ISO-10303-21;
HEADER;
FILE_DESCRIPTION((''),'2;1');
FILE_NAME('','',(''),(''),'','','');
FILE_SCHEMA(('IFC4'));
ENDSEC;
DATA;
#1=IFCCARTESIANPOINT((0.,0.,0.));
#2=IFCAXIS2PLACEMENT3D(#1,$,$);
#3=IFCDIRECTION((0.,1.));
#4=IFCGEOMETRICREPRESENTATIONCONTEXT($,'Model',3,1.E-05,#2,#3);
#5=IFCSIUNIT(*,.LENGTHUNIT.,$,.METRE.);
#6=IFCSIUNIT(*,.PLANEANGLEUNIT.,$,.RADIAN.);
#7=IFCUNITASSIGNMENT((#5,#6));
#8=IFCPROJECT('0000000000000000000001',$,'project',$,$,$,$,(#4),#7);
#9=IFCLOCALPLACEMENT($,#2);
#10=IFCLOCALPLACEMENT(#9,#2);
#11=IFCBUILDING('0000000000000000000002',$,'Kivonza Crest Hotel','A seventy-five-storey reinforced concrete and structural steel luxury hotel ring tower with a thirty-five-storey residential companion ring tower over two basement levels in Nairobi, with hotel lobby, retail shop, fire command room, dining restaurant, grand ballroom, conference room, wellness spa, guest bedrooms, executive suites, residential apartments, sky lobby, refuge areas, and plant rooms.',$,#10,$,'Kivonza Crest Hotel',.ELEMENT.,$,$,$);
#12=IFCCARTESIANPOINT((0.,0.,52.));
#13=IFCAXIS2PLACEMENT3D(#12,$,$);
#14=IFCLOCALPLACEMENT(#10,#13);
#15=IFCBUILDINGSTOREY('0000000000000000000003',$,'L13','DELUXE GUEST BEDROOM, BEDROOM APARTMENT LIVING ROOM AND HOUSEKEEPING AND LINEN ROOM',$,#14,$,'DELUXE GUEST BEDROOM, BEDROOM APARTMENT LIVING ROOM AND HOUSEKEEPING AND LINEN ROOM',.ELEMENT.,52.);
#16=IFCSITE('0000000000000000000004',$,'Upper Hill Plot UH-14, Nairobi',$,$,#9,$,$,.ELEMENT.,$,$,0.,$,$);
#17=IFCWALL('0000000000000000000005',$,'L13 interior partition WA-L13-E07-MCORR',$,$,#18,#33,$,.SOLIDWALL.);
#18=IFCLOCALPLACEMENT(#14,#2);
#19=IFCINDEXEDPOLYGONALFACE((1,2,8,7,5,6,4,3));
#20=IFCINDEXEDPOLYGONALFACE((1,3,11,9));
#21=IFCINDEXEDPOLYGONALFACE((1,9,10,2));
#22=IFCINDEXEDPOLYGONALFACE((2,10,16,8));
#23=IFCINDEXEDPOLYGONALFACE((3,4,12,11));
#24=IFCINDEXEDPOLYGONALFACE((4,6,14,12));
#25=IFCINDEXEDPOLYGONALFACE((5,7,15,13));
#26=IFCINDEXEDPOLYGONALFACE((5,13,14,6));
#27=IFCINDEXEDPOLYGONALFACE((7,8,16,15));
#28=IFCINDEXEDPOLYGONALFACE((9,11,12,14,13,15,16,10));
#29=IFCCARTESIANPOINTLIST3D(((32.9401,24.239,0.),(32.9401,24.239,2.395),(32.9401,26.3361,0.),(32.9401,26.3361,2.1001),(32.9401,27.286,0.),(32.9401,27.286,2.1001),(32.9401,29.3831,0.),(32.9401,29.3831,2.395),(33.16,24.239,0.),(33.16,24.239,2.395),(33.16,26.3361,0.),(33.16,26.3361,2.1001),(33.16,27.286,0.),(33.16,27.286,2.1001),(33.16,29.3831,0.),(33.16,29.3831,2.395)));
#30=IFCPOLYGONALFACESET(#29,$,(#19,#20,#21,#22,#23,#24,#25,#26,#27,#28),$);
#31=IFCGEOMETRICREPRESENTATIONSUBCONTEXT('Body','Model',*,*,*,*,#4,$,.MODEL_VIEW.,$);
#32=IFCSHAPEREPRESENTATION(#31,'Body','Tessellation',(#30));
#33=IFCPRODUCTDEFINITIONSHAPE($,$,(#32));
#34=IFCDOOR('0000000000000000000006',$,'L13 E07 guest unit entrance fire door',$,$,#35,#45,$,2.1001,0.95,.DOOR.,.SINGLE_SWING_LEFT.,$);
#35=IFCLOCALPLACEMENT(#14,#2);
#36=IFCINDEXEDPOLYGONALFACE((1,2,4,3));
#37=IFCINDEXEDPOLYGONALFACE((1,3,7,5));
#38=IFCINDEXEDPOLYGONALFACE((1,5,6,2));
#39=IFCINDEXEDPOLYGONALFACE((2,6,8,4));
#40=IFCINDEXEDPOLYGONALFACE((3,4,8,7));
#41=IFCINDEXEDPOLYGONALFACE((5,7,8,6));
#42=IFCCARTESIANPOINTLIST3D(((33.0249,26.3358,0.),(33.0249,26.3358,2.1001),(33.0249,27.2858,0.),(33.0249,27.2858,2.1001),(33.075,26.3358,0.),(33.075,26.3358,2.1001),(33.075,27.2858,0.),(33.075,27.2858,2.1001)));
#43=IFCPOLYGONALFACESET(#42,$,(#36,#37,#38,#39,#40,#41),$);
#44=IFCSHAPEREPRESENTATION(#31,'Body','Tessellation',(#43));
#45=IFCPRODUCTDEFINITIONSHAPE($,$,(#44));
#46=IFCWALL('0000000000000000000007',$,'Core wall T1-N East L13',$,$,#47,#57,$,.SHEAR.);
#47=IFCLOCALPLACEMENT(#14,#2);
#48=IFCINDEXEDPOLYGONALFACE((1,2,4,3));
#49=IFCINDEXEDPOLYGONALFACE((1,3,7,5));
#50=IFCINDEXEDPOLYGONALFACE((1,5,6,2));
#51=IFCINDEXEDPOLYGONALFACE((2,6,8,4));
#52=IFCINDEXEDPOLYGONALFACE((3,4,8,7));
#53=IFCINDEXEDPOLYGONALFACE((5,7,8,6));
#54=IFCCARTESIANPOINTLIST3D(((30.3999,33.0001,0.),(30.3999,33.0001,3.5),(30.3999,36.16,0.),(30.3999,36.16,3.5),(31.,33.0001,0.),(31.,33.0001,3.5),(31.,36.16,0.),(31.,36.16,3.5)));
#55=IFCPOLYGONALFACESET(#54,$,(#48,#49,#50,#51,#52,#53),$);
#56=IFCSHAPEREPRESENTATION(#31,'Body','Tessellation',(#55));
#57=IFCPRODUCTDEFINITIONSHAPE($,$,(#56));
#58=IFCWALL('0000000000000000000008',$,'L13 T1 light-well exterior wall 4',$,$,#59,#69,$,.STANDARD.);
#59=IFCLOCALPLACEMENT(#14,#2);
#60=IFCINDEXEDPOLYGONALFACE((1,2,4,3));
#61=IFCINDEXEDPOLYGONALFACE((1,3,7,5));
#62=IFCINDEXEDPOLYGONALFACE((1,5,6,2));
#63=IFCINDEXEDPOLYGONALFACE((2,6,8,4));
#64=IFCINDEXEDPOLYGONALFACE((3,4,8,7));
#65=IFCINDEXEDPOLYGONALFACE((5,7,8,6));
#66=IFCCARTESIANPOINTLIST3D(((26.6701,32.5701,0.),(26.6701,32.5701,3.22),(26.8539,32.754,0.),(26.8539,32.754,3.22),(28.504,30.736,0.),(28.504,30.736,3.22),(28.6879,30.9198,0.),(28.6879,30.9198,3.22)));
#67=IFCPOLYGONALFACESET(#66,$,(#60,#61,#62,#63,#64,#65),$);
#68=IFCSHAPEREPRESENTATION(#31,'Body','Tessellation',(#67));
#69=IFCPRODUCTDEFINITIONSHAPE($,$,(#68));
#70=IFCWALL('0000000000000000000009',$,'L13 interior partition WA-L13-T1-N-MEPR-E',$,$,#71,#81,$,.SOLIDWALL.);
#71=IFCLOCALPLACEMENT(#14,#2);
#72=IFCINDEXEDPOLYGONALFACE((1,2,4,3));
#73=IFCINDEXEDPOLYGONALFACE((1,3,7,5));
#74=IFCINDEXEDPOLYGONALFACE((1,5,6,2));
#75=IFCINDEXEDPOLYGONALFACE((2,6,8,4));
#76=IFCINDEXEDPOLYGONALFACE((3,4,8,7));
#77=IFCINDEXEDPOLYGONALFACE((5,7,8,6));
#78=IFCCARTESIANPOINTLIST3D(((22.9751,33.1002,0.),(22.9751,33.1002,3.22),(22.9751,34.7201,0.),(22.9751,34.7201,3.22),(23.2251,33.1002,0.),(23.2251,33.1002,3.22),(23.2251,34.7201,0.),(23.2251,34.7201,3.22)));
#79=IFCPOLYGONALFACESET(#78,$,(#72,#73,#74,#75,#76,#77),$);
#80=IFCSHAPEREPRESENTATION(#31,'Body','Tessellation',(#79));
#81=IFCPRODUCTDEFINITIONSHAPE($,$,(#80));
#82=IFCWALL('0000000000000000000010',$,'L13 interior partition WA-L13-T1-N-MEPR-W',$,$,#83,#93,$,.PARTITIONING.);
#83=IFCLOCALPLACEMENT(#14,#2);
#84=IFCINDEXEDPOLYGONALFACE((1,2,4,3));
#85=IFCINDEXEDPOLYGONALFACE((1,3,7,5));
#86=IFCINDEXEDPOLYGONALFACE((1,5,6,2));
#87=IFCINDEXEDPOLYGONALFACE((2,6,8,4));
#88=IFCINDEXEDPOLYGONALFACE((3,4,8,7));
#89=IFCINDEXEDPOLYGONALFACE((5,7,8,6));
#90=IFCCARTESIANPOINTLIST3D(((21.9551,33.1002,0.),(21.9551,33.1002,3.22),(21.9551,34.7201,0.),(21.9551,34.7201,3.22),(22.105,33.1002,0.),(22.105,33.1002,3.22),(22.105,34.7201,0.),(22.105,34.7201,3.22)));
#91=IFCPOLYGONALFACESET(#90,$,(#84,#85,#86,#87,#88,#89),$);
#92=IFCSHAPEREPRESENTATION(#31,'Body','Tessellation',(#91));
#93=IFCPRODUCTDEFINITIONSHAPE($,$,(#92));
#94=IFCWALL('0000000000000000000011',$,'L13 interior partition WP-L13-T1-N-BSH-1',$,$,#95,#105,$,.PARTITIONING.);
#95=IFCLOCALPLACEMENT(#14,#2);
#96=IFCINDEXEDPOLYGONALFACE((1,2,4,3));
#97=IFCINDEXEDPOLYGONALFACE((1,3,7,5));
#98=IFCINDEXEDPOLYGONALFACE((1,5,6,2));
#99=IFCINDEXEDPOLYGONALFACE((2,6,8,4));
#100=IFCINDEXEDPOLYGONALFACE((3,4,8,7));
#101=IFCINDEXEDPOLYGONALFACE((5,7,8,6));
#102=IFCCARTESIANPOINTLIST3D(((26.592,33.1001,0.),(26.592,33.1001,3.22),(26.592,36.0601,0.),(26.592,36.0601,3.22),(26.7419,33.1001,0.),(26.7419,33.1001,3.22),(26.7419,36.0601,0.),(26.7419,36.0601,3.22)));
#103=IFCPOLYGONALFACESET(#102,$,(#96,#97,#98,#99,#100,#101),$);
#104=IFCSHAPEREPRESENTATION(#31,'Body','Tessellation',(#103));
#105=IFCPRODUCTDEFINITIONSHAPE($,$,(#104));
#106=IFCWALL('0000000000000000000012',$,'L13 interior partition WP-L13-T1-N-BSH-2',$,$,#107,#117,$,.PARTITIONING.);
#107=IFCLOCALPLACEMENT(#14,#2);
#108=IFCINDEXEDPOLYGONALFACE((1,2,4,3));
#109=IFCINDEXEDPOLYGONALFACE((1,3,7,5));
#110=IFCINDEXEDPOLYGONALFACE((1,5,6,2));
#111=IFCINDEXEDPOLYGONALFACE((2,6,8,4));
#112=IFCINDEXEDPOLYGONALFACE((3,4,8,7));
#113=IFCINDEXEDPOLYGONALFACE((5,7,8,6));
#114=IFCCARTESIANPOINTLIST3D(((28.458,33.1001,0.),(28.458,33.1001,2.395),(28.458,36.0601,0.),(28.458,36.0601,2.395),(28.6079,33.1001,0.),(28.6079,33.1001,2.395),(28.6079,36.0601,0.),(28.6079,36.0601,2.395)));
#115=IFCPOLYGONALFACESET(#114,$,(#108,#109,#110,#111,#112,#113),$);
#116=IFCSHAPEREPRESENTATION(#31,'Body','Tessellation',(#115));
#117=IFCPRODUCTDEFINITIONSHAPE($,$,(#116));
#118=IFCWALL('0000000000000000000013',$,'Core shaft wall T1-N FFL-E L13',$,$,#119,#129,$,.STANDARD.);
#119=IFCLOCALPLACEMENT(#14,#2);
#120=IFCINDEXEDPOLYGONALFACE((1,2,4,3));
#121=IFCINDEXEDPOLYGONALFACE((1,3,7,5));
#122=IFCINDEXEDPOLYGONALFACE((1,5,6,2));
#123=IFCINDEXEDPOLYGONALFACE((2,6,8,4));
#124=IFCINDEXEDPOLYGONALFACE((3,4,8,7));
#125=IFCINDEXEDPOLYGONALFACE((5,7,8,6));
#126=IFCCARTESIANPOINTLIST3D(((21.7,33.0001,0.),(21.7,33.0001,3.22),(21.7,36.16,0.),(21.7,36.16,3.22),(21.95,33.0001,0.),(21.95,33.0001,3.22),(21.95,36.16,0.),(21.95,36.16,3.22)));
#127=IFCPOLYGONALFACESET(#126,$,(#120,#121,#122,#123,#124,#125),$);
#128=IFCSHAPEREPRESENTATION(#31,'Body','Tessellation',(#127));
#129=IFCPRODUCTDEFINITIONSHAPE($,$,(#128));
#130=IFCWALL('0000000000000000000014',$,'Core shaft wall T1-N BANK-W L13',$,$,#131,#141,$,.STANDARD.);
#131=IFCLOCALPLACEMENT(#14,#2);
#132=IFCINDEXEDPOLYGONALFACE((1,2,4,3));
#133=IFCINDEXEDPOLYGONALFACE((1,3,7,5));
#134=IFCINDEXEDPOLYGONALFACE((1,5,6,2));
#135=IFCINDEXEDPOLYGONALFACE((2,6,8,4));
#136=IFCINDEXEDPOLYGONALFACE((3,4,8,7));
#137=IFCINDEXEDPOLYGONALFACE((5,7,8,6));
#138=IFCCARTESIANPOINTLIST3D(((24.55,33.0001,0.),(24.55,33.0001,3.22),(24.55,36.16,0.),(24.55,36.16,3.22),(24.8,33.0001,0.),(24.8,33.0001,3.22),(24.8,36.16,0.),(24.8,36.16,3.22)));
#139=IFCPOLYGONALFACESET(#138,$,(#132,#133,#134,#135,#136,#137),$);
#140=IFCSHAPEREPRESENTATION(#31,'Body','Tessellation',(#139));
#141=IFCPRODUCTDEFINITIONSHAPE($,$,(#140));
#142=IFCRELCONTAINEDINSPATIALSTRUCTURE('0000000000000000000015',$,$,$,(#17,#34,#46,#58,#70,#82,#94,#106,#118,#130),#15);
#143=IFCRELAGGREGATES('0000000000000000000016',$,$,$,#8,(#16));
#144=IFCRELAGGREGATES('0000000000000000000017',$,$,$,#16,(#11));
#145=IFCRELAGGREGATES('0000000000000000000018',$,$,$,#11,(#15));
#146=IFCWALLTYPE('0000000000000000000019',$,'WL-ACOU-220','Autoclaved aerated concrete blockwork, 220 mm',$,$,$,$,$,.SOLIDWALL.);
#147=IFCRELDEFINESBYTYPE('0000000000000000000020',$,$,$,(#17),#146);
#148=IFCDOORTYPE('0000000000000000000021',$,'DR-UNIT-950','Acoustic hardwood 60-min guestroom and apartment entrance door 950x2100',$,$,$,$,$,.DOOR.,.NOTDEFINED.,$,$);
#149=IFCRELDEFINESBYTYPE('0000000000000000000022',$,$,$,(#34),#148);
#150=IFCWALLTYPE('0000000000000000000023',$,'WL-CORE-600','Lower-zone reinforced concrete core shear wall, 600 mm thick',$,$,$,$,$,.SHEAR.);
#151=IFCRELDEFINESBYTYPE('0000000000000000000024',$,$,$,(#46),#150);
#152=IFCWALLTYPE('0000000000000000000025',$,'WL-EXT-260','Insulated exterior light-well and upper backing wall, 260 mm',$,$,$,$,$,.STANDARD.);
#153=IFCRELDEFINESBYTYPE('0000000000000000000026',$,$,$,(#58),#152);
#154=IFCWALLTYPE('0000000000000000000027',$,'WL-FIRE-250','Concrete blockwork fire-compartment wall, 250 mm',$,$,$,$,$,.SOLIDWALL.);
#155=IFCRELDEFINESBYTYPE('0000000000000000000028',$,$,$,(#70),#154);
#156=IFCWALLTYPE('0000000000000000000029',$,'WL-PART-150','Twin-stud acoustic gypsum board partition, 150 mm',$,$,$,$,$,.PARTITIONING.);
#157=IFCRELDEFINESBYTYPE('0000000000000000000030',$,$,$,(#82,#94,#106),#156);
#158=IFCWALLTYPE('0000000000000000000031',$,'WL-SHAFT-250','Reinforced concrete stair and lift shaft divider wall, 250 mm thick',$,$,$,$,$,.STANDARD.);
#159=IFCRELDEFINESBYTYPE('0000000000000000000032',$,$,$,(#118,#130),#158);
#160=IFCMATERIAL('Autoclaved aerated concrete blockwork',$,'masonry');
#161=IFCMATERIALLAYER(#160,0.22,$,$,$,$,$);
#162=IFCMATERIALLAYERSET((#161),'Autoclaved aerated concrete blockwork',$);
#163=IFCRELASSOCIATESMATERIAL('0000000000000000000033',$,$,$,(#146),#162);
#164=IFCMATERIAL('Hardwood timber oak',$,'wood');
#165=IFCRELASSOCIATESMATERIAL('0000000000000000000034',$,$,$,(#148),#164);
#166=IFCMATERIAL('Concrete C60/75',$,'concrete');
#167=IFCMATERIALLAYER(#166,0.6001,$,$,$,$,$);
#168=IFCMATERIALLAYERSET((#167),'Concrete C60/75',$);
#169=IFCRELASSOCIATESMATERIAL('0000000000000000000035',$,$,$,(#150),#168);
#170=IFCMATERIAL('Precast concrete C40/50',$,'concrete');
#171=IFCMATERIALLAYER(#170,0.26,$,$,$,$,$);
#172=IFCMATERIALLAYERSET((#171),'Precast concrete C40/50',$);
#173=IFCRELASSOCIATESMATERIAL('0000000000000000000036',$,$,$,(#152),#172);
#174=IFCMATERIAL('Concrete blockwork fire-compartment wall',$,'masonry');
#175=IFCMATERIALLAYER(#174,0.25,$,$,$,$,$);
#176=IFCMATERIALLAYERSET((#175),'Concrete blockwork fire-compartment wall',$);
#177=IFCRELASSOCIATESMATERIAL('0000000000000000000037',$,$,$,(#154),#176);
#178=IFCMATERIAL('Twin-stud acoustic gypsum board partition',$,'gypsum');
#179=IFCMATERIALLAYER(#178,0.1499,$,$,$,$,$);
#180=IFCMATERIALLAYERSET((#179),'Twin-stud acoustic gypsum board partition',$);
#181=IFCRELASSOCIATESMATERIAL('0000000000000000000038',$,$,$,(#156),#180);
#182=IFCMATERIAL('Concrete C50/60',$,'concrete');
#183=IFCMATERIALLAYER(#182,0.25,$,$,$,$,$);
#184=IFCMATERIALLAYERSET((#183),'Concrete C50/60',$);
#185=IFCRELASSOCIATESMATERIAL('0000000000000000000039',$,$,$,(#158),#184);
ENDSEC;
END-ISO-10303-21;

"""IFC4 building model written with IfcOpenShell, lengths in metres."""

from ifc_helpers import new_model, si_unit, direction, frame, frame_2d, origin, place, context, subcontext, project, spatial, rectangle, extrude, material, layer, layer_set, type_object, element, fill, save


model = new_model("IFC4")

# Units and contexts
model_context = context("Model", 3, precision=1e-05, world=origin(), true_north=direction((0.0, 1.0)))
body_context = subcontext(model_context, "Body", "Model", "MODEL_VIEW")
ifc_project = project(units=[si_unit("LENGTHUNIT", "METRE"), si_unit("PLANEANGLEUNIT", "RADIAN")], contexts=[model_context])

# Site, building, storey
site_placement = place(None, origin())
site = spatial("IfcSite", under=ifc_project, at=site_placement, Name="Upper Hill Plot UH-14, Nairobi", CompositionType="ELEMENT", RefElevation=0.0)
building_placement = place(site_placement, origin())
building = spatial("IfcBuilding", under=site, at=building_placement, Name="Kivonza Crest Hotel", Description="A seventy-five-storey reinforced concrete and structural steel luxury hotel ring tower with a thirty-five-storey residential companion ring tower over two basement levels in Nairobi, with hotel lobby, retail shop, fire command room, dining restaurant, grand ballroom, conference room, wellness spa, guest bedrooms, executive suites, residential apartments, sky lobby, refuge areas, and plant rooms.", LongName="Kivonza Crest Hotel", CompositionType="ELEMENT")
storey_placement = place(building_placement, frame((0.0, 0.0, 52.0)))
storey = spatial("IfcBuildingStorey", under=building, at=storey_placement, Name="L13", Description="DELUXE GUEST BEDROOM, BEDROOM APARTMENT LIVING ROOM AND HOUSEKEEPING AND LINEN ROOM", LongName="DELUXE GUEST BEDROOM, BEDROOM APARTMENT LIVING ROOM AND HOUSEKEEPING AND LINEN ROOM", CompositionType="ELEMENT", Elevation=52.0)

# Shared definitions
ifc_material_1 = material(Name="Concrete C60/75", Category="concrete")

# Wall, opening, door
ifc_material_2 = material(Name="Autoclaved aerated concrete blockwork", Category="masonry")
ifc_layer_1 = layer(ifc_material_2, 0.22)
ifc_layer_set_1 = layer_set([ifc_layer_1], Name="Autoclaved aerated concrete blockwork")
wall_type_1 = type_object("IfcWallType", Name="WL-ACOU-220", Description="Autoclaved aerated concrete blockwork, 220 mm", PredefinedType="SOLIDWALL", material=ifc_layer_set_1)
wall_1_placement = place(storey_placement, frame((33.05, 24.239, 0.0), z_axis=(0.0, 0.0, 1.0), x_axis=(0.0, 1.0, 0.0)))
wall_1 = element("IfcWall", 1, at=wall_1_placement, inside=storey, type_object=wall_type_1, Name="L13 interior partition WA-L13-E07-MCORR", PredefinedType="SOLIDWALL", context=body_context, shape_type="SweptSolid", body=[
    extrude(rectangle(XDim=5.144, YDim=0.22, at=frame_2d((2.572, 0.0))), origin(), (0.0, 0.0, 1.0), 2.395),
])
opening_1_placement = place(wall_1_placement, frame((2.0969, 0.0, 0.0)))
opening_1 = element("IfcOpeningElement", 2, at=opening_1_placement, cuts=wall_1, PredefinedType="OPENING", context=body_context, shape_type="SweptSolid", body=[
    extrude(rectangle(XDim=0.95, YDim=2.1001, at=frame_2d((0.4751, 1.05))), frame((0.0, 0.1201, 0.0), z_axis=(0.0, -1.0, 0.0), x_axis=(1.0, 0.0, 0.0)), (0.0, 0.0, 1.0), 0.24),
])
ifc_material_3 = material(Name="Hardwood timber oak", Category="wood")
door_type_1 = type_object("IfcDoorType", Name="DR-UNIT-950", Description="Acoustic hardwood 60-min guestroom and apartment entrance door 950x2100", OperationType="NOTDEFINED", PredefinedType="DOOR", material=ifc_material_3)
door_1_placement = place(opening_1_placement, frame((0.95, 0.0, 0.0), z_axis=(0.0, 0.0, 1.0), x_axis=(-1.0, 0.0, 0.0)))
door_1 = element("IfcDoor", 3, at=door_1_placement, inside=storey, type_object=door_type_1, Name="L13 E07 guest unit entrance fire door", OperationType="SINGLE_SWING_LEFT", OverallHeight=2.1001, OverallWidth=0.95, PredefinedType="DOOR", context=body_context, shape_type="SweptSolid", body=[
    extrude(rectangle(XDim=0.95, YDim=2.1001, at=frame_2d((0.4751, 1.05))), frame((0.0, 0.0249, 0.0), z_axis=(0.0, -1.0, 0.0), x_axis=(1.0, 0.0, 0.0)), (0.0, 0.0, 1.0), 0.05),
])
fill(opening_1, door_1)

# Walls
ifc_layer_2 = layer(ifc_material_1, 0.6001)
ifc_layer_set_2 = layer_set([ifc_layer_2], Name="Concrete C60/75")
wall_type_2 = type_object("IfcWallType", Name="WL-CORE-600", Description="Lower-zone reinforced concrete core shear wall, 600 mm thick", PredefinedType="SHEAR", material=ifc_layer_set_2)
wall_2_placement = place(storey_placement, frame((30.7, 33.0, 0.0), z_axis=(0.0, 0.0, 1.0), x_axis=(0.0, 1.0, 0.0)))
element("IfcWall", 4, at=wall_2_placement, inside=storey, type_object=wall_type_2, Name="Core wall T1-N East L13", PredefinedType="SHEAR", context=body_context, shape_type="SweptSolid", body=[
    extrude(rectangle(XDim=3.1599, YDim=0.6001, at=frame_2d((1.5801, 0.0))), origin(), (0.0, 0.0, 1.0), 3.5),
])
ifc_material_4 = material(Name="Precast concrete C40/50", Category="concrete")
ifc_layer_3 = layer(ifc_material_4, 0.26)
ifc_layer_set_3 = layer_set([ifc_layer_3], Name="Precast concrete C40/50")
wall_type_3 = type_object("IfcWallType", Name="WL-EXT-260", Description="Insulated exterior light-well and upper backing wall, 260 mm", PredefinedType="STANDARD", material=ifc_layer_set_3)
wall_3_placement = place(storey_placement, frame((28.5959, 30.8279, 0.0), z_axis=(0.0, 0.0, 1.0), x_axis=(-0.70706, 0.707154, 0.0)))
element("IfcWall", 5, at=wall_3_placement, inside=storey, type_object=wall_type_3, Name="L13 T1 light-well exterior wall 4", PredefinedType="STANDARD", context=body_context, shape_type="SweptSolid", body=[
    extrude(rectangle(XDim=2.5938, YDim=0.26, at=frame_2d((1.2969, 0.0))), origin(), (0.0, 0.0, 1.0), 3.22),
])
ifc_material_5 = material(Name="Concrete blockwork fire-compartment wall", Category="masonry")
ifc_layer_4 = layer(ifc_material_5, 0.25)
ifc_layer_set_4 = layer_set([ifc_layer_4], Name="Concrete blockwork fire-compartment wall")
wall_type_4 = type_object("IfcWallType", Name="WL-FIRE-250", Description="Concrete blockwork fire-compartment wall, 250 mm", PredefinedType="SOLIDWALL", material=ifc_layer_set_4)
wall_4_placement = place(storey_placement, frame((23.1001, 33.1001, 0.0), z_axis=(0.0, 0.0, 1.0), x_axis=(0.0, 1.0, 0.0)))
element("IfcWall", 6, at=wall_4_placement, inside=storey, type_object=wall_type_4, Name="L13 interior partition WA-L13-T1-N-MEPR-E", PredefinedType="SOLIDWALL", context=body_context, shape_type="SweptSolid", body=[
    extrude(rectangle(XDim=1.6199, YDim=0.25, at=frame_2d((0.8101, 0.0))), origin(), (0.0, 0.0, 1.0), 3.22),
])
ifc_material_6 = material(Name="Twin-stud acoustic gypsum board partition", Category="gypsum")
ifc_layer_5 = layer(ifc_material_6, 0.1499)
ifc_layer_set_5 = layer_set([ifc_layer_5], Name="Twin-stud acoustic gypsum board partition")
wall_type_5 = type_object("IfcWallType", Name="WL-PART-150", Description="Twin-stud acoustic gypsum board partition, 150 mm", PredefinedType="PARTITIONING", material=ifc_layer_set_5)
wall_5_placement = place(storey_placement, frame((22.03, 33.1001, 0.0), z_axis=(0.0, 0.0, 1.0), x_axis=(0.0, 1.0, 0.0)))
element("IfcWall", 7, at=wall_5_placement, inside=storey, type_object=wall_type_5, Name="L13 interior partition WA-L13-T1-N-MEPR-W", PredefinedType="PARTITIONING", context=body_context, shape_type="SweptSolid", body=[
    extrude(rectangle(XDim=1.6199, YDim=0.1499, at=frame_2d((0.8101, 0.0))), origin(), (0.0, 0.0, 1.0), 3.22),
])
wall_6_placement = place(storey_placement, frame((26.667, 33.1001, 0.0), z_axis=(0.0, 0.0, 1.0), x_axis=(0.0, 1.0, 0.0)))
element("IfcWall", 8, at=wall_6_placement, inside=storey, type_object=wall_type_5, Name="L13 interior partition WP-L13-T1-N-BSH-1", PredefinedType="PARTITIONING", context=body_context, shape_type="SweptSolid", body=[
    extrude(rectangle(XDim=2.96, YDim=0.1499, at=frame_2d((1.48, 0.0))), origin(), (0.0, 0.0, 1.0), 3.22),
])
wall_7_placement = place(storey_placement, frame((28.533, 33.1001, 0.0), z_axis=(0.0, 0.0, 1.0), x_axis=(0.0, 1.0, 0.0)))
element("IfcWall", 9, at=wall_7_placement, inside=storey, type_object=wall_type_5, Name="L13 interior partition WP-L13-T1-N-BSH-2", PredefinedType="PARTITIONING", context=body_context, shape_type="SweptSolid", body=[
    extrude(rectangle(XDim=2.96, YDim=0.1499, at=frame_2d((1.48, 0.0))), origin(), (0.0, 0.0, 1.0), 2.395),
])

# Shared definitions
ifc_material_7 = material(Name="Concrete C50/60", Category="concrete")
ifc_layer_6 = layer(ifc_material_7, 0.25)
ifc_layer_set_6 = layer_set([ifc_layer_6], Name="Concrete C50/60")
wall_type_6 = type_object("IfcWallType", Name="WL-SHAFT-250", Description="Reinforced concrete stair and lift shaft divider wall, 250 mm thick", PredefinedType="STANDARD", material=ifc_layer_set_6)

# Walls
for number, where, z_axis, x_axis, name in (
    (10, (21.825, 33.0, 0.0), (0.0, 0.0, 1.0), (0.0, 1.0, 0.0), "Core shaft wall T1-N FFL-E L13"),
    (11, (24.675, 33.0, 0.0), (0.0, 0.0, 1.0), (0.0, 1.0, 0.0), "Core shaft wall T1-N BANK-W L13"),
):
    element("IfcWall", number, at=place(storey_placement, frame(where, z_axis=z_axis, x_axis=x_axis)), inside=storey, type_object=wall_type_6, Name=name, PredefinedType="STANDARD", context=body_context, shape_type="SweptSolid", body=[
        extrude(rectangle(XDim=3.1599, YDim=0.25, at=frame_2d((1.5801, 0.0))), origin(), (0.0, 0.0, 1.0), 3.22),
    ])

save(model, "model.ifc")
